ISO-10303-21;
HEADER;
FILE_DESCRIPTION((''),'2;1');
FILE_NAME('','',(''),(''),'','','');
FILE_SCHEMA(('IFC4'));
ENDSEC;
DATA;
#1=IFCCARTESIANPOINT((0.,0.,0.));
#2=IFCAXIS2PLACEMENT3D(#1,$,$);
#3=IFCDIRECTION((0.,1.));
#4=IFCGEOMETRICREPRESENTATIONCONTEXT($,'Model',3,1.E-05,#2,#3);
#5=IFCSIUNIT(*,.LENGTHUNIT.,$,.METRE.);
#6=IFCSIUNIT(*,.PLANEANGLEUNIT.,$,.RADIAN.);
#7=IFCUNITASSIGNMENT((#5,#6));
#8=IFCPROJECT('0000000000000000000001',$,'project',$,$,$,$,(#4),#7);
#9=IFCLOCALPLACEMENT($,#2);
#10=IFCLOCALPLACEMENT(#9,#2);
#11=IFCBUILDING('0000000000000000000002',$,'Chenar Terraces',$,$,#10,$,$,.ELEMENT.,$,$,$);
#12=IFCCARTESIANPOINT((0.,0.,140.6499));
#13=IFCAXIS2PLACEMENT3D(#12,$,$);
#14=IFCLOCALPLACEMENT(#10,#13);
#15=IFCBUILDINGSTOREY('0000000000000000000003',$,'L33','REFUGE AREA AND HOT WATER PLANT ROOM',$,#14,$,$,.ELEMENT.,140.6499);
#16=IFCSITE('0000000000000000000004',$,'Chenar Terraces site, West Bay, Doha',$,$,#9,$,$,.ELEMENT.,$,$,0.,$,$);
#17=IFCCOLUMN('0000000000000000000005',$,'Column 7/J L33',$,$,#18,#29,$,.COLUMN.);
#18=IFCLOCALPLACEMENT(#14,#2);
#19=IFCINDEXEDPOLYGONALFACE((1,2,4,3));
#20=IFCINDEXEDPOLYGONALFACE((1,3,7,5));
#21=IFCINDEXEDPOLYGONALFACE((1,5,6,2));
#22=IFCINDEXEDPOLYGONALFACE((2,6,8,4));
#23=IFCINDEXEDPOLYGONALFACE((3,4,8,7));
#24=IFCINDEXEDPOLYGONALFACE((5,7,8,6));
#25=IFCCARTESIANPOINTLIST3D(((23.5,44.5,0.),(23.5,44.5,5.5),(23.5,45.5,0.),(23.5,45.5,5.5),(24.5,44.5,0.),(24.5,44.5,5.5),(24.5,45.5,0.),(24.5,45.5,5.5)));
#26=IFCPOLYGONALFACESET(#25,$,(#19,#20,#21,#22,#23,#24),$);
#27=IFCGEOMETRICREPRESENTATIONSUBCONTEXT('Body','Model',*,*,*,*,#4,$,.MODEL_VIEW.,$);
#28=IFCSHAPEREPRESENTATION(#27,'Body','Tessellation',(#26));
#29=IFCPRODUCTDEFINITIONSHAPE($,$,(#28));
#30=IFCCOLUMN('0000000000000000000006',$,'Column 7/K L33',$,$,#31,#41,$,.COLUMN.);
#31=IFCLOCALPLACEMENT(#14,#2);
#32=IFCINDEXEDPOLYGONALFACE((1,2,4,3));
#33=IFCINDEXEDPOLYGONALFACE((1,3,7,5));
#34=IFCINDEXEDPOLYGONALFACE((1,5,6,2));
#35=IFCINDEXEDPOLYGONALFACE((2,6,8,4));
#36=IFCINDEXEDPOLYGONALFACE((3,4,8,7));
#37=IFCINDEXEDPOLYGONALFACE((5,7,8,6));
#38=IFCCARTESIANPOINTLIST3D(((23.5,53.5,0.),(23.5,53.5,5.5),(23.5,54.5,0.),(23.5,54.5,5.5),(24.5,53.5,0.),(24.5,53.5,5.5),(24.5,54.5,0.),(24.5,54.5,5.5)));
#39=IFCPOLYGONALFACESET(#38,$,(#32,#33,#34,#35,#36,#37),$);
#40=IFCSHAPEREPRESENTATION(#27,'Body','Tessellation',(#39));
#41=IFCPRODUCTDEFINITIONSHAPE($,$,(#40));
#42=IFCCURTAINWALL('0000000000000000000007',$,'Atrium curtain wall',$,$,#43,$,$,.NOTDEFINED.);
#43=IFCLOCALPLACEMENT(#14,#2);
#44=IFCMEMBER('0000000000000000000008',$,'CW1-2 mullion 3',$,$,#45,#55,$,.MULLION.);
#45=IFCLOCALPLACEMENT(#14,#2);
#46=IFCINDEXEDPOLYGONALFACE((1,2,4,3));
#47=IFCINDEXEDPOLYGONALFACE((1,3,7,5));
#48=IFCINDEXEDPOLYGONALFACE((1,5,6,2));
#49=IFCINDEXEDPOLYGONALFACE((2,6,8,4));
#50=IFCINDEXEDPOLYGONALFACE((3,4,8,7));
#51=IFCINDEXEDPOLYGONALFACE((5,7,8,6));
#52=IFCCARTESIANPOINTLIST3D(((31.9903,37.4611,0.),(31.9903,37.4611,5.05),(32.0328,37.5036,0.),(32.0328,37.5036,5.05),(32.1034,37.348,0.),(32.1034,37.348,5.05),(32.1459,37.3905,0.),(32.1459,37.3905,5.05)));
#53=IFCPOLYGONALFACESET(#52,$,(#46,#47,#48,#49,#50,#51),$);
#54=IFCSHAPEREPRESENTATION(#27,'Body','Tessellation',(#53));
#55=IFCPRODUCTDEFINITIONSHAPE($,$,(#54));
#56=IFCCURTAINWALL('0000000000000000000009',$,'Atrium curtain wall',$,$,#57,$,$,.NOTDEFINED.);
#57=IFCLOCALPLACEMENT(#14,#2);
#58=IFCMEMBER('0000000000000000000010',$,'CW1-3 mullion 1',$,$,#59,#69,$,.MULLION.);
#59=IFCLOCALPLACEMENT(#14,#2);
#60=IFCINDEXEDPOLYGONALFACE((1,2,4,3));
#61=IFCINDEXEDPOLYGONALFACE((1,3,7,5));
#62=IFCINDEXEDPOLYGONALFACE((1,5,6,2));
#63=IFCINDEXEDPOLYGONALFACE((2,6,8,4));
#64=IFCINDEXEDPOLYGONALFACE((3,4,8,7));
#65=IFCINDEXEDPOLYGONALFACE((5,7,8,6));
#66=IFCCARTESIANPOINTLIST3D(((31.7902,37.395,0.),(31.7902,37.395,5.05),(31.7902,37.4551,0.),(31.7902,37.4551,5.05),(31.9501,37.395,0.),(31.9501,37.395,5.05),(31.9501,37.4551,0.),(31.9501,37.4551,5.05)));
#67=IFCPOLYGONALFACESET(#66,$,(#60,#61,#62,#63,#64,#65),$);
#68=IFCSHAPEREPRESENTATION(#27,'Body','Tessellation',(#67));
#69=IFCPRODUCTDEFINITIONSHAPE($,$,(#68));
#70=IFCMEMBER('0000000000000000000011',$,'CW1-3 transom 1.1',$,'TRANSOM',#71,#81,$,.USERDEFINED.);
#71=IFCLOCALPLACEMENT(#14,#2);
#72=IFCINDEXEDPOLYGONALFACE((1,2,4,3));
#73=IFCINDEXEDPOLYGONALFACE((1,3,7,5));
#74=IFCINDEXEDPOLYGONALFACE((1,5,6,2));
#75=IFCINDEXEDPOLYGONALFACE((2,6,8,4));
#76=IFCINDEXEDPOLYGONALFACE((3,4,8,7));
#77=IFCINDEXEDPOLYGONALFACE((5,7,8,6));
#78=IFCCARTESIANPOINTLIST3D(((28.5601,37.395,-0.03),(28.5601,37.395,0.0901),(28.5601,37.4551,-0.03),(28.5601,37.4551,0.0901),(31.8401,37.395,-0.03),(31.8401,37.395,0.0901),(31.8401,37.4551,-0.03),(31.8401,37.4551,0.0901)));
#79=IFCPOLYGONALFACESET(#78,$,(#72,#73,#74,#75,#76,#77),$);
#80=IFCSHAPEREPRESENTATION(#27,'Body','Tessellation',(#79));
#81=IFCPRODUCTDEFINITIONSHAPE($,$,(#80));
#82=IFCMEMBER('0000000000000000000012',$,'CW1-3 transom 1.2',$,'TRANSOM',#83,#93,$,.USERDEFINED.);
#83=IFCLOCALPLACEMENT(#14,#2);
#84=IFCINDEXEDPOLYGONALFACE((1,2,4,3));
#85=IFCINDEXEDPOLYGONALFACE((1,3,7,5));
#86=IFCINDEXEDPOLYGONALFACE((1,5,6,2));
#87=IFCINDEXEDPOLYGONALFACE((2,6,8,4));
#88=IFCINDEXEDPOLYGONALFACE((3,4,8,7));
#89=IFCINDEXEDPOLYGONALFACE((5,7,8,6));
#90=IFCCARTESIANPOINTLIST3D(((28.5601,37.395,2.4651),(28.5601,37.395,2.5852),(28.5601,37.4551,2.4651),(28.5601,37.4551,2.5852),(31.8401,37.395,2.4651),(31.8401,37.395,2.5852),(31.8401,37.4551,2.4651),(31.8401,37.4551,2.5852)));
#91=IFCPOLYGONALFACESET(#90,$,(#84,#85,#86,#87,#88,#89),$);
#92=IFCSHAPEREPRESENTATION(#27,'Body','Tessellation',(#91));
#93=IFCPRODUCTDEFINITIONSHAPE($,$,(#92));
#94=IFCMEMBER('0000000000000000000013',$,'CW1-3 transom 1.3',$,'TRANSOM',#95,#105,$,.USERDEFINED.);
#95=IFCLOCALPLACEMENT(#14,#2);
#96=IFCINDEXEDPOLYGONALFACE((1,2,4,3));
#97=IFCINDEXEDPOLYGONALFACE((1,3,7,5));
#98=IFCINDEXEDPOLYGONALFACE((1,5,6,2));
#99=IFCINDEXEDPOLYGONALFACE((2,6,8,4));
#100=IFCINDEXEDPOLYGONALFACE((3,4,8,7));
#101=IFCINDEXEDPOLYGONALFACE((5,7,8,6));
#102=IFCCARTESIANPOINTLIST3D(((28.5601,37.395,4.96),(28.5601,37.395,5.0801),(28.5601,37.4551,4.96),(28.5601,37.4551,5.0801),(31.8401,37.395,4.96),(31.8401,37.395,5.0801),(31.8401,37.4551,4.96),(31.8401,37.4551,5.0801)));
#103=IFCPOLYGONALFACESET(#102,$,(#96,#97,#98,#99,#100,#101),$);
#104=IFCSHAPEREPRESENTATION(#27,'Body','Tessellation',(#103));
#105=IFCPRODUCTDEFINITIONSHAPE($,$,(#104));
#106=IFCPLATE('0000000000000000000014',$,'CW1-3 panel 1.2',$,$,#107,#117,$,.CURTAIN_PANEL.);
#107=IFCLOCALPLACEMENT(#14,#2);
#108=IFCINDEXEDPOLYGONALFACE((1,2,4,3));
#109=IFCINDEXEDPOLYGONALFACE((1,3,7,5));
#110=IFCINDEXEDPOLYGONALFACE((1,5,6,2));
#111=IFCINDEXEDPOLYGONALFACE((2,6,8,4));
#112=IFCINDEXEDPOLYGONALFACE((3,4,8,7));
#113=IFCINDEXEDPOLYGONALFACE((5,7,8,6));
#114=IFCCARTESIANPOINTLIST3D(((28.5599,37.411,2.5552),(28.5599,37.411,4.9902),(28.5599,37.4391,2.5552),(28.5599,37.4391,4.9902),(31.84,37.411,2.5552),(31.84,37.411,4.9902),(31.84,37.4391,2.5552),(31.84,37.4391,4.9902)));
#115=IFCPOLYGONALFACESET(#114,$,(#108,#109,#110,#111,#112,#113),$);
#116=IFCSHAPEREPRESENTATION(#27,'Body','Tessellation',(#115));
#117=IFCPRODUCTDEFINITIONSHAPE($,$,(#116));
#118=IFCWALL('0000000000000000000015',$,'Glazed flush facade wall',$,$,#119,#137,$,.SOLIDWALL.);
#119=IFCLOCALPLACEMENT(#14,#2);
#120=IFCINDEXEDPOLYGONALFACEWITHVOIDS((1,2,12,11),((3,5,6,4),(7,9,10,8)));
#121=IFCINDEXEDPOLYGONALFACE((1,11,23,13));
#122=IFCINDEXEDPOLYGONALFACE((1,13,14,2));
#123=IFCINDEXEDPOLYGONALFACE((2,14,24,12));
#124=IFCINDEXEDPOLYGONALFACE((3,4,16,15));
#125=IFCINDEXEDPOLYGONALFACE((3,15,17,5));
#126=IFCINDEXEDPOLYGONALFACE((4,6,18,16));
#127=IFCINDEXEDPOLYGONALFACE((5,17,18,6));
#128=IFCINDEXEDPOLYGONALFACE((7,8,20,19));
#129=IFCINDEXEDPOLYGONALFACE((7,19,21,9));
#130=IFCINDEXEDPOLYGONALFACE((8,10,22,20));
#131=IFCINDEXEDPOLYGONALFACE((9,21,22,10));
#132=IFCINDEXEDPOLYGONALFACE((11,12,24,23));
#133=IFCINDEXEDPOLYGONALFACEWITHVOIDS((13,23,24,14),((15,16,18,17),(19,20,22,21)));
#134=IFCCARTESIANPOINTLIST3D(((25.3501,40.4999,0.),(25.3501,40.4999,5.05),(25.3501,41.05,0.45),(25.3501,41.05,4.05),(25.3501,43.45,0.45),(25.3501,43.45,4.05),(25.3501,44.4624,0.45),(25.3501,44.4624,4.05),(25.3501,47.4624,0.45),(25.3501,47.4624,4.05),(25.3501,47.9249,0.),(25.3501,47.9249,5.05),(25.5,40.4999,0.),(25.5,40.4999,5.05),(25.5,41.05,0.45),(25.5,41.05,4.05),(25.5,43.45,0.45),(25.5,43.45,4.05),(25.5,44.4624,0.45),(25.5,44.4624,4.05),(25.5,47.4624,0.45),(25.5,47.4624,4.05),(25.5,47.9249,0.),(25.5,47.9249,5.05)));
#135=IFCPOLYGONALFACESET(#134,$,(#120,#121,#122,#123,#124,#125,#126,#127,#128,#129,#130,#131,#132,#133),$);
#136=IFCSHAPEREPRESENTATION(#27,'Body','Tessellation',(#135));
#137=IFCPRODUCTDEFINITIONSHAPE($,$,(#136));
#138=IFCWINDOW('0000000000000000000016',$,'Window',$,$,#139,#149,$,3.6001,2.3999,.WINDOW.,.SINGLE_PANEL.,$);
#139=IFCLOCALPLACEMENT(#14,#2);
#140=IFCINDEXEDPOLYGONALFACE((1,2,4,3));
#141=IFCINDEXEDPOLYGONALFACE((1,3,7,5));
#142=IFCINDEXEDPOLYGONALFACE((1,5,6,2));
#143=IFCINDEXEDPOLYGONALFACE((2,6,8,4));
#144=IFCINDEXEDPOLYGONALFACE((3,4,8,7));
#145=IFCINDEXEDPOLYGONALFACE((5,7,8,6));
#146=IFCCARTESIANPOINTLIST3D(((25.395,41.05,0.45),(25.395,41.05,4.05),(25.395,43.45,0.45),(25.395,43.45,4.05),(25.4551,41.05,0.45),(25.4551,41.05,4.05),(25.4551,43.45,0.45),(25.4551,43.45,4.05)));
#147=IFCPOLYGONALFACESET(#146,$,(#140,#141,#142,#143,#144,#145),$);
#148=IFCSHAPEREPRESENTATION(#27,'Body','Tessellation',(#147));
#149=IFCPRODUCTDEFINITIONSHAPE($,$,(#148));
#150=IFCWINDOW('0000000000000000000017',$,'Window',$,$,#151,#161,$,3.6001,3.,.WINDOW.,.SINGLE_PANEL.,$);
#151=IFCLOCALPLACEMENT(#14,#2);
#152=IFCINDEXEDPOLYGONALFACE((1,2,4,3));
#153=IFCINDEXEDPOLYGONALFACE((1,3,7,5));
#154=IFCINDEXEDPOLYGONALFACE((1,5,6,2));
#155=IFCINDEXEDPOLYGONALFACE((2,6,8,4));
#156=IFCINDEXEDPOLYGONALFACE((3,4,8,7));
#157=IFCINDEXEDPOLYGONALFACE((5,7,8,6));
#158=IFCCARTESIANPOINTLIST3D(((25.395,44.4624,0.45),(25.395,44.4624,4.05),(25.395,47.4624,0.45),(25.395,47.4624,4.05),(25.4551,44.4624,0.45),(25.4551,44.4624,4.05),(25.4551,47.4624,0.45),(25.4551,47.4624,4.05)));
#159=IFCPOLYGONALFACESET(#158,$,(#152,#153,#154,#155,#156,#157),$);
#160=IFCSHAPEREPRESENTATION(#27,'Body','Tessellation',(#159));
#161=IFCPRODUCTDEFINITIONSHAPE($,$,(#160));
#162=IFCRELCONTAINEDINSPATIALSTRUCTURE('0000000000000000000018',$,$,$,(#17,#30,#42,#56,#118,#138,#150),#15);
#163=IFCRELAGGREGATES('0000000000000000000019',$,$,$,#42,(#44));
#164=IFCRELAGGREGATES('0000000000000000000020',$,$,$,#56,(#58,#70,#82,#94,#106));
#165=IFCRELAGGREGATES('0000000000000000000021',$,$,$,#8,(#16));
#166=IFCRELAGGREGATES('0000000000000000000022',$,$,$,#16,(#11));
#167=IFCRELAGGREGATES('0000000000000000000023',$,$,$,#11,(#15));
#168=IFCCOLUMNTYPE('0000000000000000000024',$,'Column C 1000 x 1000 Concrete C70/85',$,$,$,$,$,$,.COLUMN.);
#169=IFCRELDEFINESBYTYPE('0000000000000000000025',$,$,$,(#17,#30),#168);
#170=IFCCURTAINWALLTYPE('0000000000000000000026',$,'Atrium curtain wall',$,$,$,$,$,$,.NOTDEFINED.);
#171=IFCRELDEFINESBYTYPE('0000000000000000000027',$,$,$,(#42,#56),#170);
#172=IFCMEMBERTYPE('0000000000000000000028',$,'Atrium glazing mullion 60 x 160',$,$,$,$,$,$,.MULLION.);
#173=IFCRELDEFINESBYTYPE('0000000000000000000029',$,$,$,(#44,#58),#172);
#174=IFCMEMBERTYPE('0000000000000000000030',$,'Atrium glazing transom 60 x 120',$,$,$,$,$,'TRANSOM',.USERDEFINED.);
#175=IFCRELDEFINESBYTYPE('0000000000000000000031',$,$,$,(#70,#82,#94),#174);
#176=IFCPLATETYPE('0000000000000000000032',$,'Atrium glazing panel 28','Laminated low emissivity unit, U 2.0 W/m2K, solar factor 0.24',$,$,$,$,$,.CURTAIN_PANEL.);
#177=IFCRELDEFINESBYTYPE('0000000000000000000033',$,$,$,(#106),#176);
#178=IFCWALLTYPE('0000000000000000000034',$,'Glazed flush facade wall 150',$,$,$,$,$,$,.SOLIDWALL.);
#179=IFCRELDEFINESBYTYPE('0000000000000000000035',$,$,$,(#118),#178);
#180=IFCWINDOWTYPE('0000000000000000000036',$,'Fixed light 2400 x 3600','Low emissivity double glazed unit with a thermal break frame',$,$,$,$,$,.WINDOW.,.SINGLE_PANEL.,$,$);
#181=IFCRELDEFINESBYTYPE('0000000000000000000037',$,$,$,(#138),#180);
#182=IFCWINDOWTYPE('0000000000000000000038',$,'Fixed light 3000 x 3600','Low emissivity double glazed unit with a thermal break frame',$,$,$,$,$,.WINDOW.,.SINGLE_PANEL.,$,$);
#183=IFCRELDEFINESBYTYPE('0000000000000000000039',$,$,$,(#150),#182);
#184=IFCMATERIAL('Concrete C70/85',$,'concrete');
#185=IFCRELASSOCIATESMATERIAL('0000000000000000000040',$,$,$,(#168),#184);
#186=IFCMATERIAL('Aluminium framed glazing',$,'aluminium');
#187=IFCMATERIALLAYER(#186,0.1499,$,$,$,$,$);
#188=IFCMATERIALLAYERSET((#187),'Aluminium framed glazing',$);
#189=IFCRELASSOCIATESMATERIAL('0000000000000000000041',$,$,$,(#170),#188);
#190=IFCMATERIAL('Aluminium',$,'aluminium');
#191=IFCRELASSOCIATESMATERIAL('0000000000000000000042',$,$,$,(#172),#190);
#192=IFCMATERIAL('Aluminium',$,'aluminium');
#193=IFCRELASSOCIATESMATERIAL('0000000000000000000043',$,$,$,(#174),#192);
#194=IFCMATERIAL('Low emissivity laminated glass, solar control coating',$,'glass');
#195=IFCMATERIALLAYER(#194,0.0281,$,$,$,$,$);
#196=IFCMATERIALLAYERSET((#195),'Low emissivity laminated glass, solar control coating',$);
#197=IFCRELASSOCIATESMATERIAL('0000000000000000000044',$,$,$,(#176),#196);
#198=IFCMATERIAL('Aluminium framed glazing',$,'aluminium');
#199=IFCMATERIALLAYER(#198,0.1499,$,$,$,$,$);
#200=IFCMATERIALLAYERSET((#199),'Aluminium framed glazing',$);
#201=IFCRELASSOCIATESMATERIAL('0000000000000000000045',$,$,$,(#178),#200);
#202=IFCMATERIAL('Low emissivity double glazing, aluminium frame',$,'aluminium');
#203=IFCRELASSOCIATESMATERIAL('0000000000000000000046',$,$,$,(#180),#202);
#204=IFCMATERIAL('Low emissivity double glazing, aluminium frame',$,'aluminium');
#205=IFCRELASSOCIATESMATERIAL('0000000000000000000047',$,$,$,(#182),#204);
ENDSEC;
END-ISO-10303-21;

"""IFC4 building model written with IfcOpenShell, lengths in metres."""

from ifc_helpers import new_model, si_unit, direction, frame, frame_2d, origin, origin_2d, place, context, subcontext, project, spatial, rectangle, extrude, material, layer, layer_set, material_profile, profile_set, type_object, element, fill, aggregate, save


model = new_model("IFC4")

# Units and contexts
model_context = context("Model", 3, precision=1e-05, world=origin(), true_north=direction((0.0, 1.0)))
body_context = subcontext(model_context, "Body", "Model", "MODEL_VIEW")
ifc_project = project(units=[si_unit("LENGTHUNIT", "METRE"), si_unit("PLANEANGLEUNIT", "RADIAN")], contexts=[model_context])

# Site, building, storey
site_placement = place(None, origin())
site = spatial("IfcSite", under=ifc_project, at=site_placement, Name="Chenar Terraces site, West Bay, Doha", CompositionType="ELEMENT", RefElevation=0.0)
building_placement = place(site_placement, origin())
building = spatial("IfcBuilding", under=site, at=building_placement, Name="Chenar Terraces", CompositionType="ELEMENT")
storey_placement = place(building_placement, frame((0.0, 0.0, 140.6499)))
storey = spatial("IfcBuildingStorey", under=building, at=storey_placement, Name="L33", Description="REFUGE AREA AND HOT WATER PLANT ROOM", CompositionType="ELEMENT", Elevation=140.6499)

# Columns
ifc_material_1 = material(Name="Concrete C70/85", Category="concrete")
ifc_material_profile_1 = material_profile(ifc_material_1, rectangle(XDim=1.0, YDim=1.0, at=origin_2d()), Name="C 1000 x 1000")
ifc_profile_set_1 = profile_set([ifc_material_profile_1], Name="Concrete C70/85")
column_type = type_object("IfcColumnType", Name="Column C 1000 x 1000 Concrete C70/85", PredefinedType="COLUMN", material=ifc_profile_set_1)
for number, where, z_axis, x_axis, name in (
    (1, (24.0, 45.0, 0.0), (0.0, 0.0, 1.0), (1.0, 0.0, 0.0), "Column 7/J L33"),
    (2, (24.0, 54.0, 0.0), (0.0, 0.0, 1.0), (1.0, 0.0, 0.0), "Column 7/K L33"),
):
    element("IfcColumn", number, at=place(storey_placement, frame(where, z_axis=z_axis, x_axis=x_axis)), inside=storey, type_object=column_type, Name=name, PredefinedType="COLUMN", context=body_context, shape_type="SweptSolid", body=[
        extrude(rectangle(XDim=1.0, YDim=1.0, at=origin_2d()), origin(), (0.0, 0.0, 1.0), 5.5),
    ])

# Curtain wall, member
ifc_material_2 = material(Name="Aluminium framed glazing", Category="aluminium")
ifc_layer_1 = layer(ifc_material_2, 0.1499)
ifc_layer_set_1 = layer_set([ifc_layer_1], Name="Aluminium framed glazing")
curtain_wall_type = type_object("IfcCurtainWallType", Name="Atrium curtain wall", PredefinedType="NOTDEFINED", material=ifc_layer_set_1)
placement = place(storey_placement, origin())
curtain_wall_1 = element("IfcCurtainWall", 3, at=placement, inside=storey, type_object=curtain_wall_type, Name="Atrium curtain wall", PredefinedType="NOTDEFINED")
ifc_material_3 = material(Name="Aluminium", Category="aluminium")
ifc_material_profile_2 = material_profile(ifc_material_3, rectangle(XDim=0.0601, YDim=0.1599, at=origin_2d()), Name="Atrium glazing mullion 60 x 160")
ifc_profile_set_2 = profile_set([ifc_material_profile_2], Name="Aluminium")
member_type_1 = type_object("IfcMemberType", Name="Atrium glazing mullion 60 x 160", PredefinedType="MULLION", material=ifc_profile_set_2)
member_1_placement = place(storey_placement, frame((32.0681, 37.4258, 0.0), z_axis=(0.0, 0.0, 1.0), x_axis=(-0.707107, -0.707107, 0.0)))
member_1 = element("IfcMember", 4, at=member_1_placement, type_object=member_type_1, Name="CW1-2 mullion 3", PredefinedType="MULLION", context=body_context, shape_type="SweptSolid", body=[
    extrude(rectangle(XDim=0.0601, YDim=0.1599, at=origin_2d()), origin(), (0.0, 0.0, 1.0), 5.05),
])
aggregate(curtain_wall_1, [member_1])

# Curtain wall, members, plate
curtain_wall_2 = element("IfcCurtainWall", 5, at=placement, inside=storey, type_object=curtain_wall_type, Name="Atrium curtain wall", PredefinedType="NOTDEFINED")
member_2_placement = place(storey_placement, frame((31.8701, 37.425, 0.0), z_axis=(0.0, 0.0, 1.0), x_axis=(0.0, -1.0, 0.0)))
member_2 = element("IfcMember", 6, at=member_2_placement, type_object=member_type_1, Name="CW1-3 mullion 1", PredefinedType="MULLION", context=body_context, shape_type="SweptSolid", body=[
    extrude(rectangle(XDim=0.0601, YDim=0.1599, at=origin_2d()), origin(), (0.0, 0.0, 1.0), 5.05),
])
ifc_material_4 = material(Name="Aluminium", Category="aluminium")
ifc_material_profile_3 = material_profile(ifc_material_4, rectangle(XDim=0.0601, YDim=0.1201, at=origin_2d()), Name="Atrium glazing transom 60 x 120")
ifc_profile_set_3 = profile_set([ifc_material_profile_3], Name="Aluminium")
member_type_2 = type_object("IfcMemberType", Name="Atrium glazing transom 60 x 120", ElementType="TRANSOM", PredefinedType="USERDEFINED", material=ifc_profile_set_3)
member_3_placement = place(storey_placement, frame((31.8401, 37.425, 0.03), z_axis=(-1.0, 0.0, 0.0), x_axis=(0.0, -1.0, 0.0)))
member_3 = element("IfcMember", 7, at=member_3_placement, type_object=member_type_2, Name="CW1-3 transom 1.1", ObjectType="TRANSOM", PredefinedType="USERDEFINED", context=body_context, shape_type="SweptSolid", body=[
    extrude(rectangle(XDim=0.0601, YDim=0.1201, at=origin_2d()), origin(), (0.0, 0.0, 1.0), 3.28),
])
member_4_placement = place(storey_placement, frame((31.8401, 37.425, 2.5251), z_axis=(-1.0, 0.0, 0.0), x_axis=(0.0, -1.0, 0.0)))
member_4 = element("IfcMember", 8, at=member_4_placement, type_object=member_type_2, Name="CW1-3 transom 1.2", ObjectType="TRANSOM", PredefinedType="USERDEFINED", context=body_context, shape_type="SweptSolid", body=[
    extrude(rectangle(XDim=0.0601, YDim=0.1201, at=origin_2d()), origin(), (0.0, 0.0, 1.0), 3.28),
])
member_5_placement = place(storey_placement, frame((31.8401, 37.425, 5.02), z_axis=(-1.0, 0.0, 0.0), x_axis=(0.0, -1.0, 0.0)))
member_5 = element("IfcMember", 9, at=member_5_placement, type_object=member_type_2, Name="CW1-3 transom 1.3", ObjectType="TRANSOM", PredefinedType="USERDEFINED", context=body_context, shape_type="SweptSolid", body=[
    extrude(rectangle(XDim=0.0601, YDim=0.1201, at=origin_2d()), origin(), (0.0, 0.0, 1.0), 3.28),
])
ifc_material_5 = material(Name="Low emissivity laminated glass, solar control coating", Category="glass")
ifc_layer_2 = layer(ifc_material_5, 0.0281)
ifc_layer_set_2 = layer_set([ifc_layer_2], Name="Low emissivity laminated glass, solar control coating")
plate_type = type_object("IfcPlateType", Name="Atrium glazing panel 28", Description="Laminated low emissivity unit, U 2.0 W/m2K, solar factor 0.24", PredefinedType="CURTAIN_PANEL", material=ifc_layer_set_2)
plate_placement = place(storey_placement, frame((30.2, 37.425, 2.5552), z_axis=(0.0, 0.0, 1.0), x_axis=(-1.0, 0.0, 0.0)))
plate = element("IfcPlate", 10, at=plate_placement, type_object=plate_type, Name="CW1-3 panel 1.2", PredefinedType="CURTAIN_PANEL", context=body_context, shape_type="SweptSolid", body=[
    extrude(rectangle(XDim=3.28, YDim=0.0281, at=origin_2d()), origin(), (0.0, 0.0, 1.0), 2.4351),
])
aggregate(curtain_wall_2, [member_2, member_3, member_4, member_5, plate])

# Wall, openings, windows
ifc_material_6 = material(Name="Aluminium framed glazing", Category="aluminium")
ifc_layer_3 = layer(ifc_material_6, 0.1499)
ifc_layer_set_3 = layer_set([ifc_layer_3], Name="Aluminium framed glazing")
wall_type_1 = type_object("IfcWallType", Name="Glazed flush facade wall 150", PredefinedType="SOLIDWALL", material=ifc_layer_set_3)
wall_1_placement = place(storey_placement, frame((25.425, 40.5, 0.0), z_axis=(0.0, 0.0, 1.0), x_axis=(0.0, 1.0, 0.0)))
wall_1 = element("IfcWall", 11, at=wall_1_placement, inside=storey, type_object=wall_type_1, Name="Glazed flush facade wall", PredefinedType="SOLIDWALL", context=body_context, shape_type="SweptSolid", body=[
    extrude(rectangle(XDim=7.425, YDim=0.1499, at=frame_2d((3.7124, 0.0))), origin(), (0.0, 0.0, 1.0), 5.05),
])
opening_1_placement = place(wall_1_placement, frame((0.55, 0.0, 0.45)))
opening_1 = element("IfcOpeningElement", 12, at=opening_1_placement, cuts=wall_1, PredefinedType="OPENING", context=body_context, shape_type="SweptSolid", body=[
    extrude(rectangle(XDim=2.3999, YDim=3.6001, at=frame_2d((1.2, 1.8))), frame((0.0, 0.085, 0.0), z_axis=(0.0, -1.0, 0.0), x_axis=(1.0, 0.0, 0.0)), (0.0, 0.0, 1.0), 0.1699),
])
opening_2_placement = place(wall_1_placement, frame((3.9624, 0.0, 0.45)))
opening_2 = element("IfcOpeningElement", 13, at=opening_2_placement, cuts=wall_1, PredefinedType="OPENING", context=body_context, shape_type="SweptSolid", body=[
    extrude(rectangle(XDim=3.0, YDim=3.6001, at=frame_2d((1.5, 1.8))), frame((0.0, 0.085, 0.0), z_axis=(0.0, -1.0, 0.0), x_axis=(1.0, 0.0, 0.0)), (0.0, 0.0, 1.0), 0.1699),
])
ifc_material_7 = material(Name="Low emissivity double glazing, aluminium frame", Category="aluminium")
window_type_1 = type_object("IfcWindowType", Name="Fixed light 2400 x 3600", Description="Low emissivity double glazed unit with a thermal break frame", PartitioningType="SINGLE_PANEL", PredefinedType="WINDOW", material=ifc_material_7)
window_1_placement = place(opening_1_placement, origin())
window_1 = element("IfcWindow", 14, at=window_1_placement, inside=storey, type_object=window_type_1, Name="Window", OverallHeight=3.6001, OverallWidth=2.3999, PartitioningType="SINGLE_PANEL", PredefinedType="WINDOW", context=body_context, shape_type="SweptSolid", body=[
    extrude(rectangle(XDim=2.3999, YDim=3.6001, at=frame_2d((1.2, 1.8))), frame((0.0, 0.03, 0.0), z_axis=(0.0, -1.0, 0.0), x_axis=(1.0, 0.0, 0.0)), (0.0, 0.0, 1.0), 0.0601),
])
fill(opening_1, window_1)
ifc_material_8 = material(Name="Low emissivity double glazing, aluminium frame", Category="aluminium")
window_type_2 = type_object("IfcWindowType", Name="Fixed light 3000 x 3600", Description="Low emissivity double glazed unit with a thermal break frame", PartitioningType="SINGLE_PANEL", PredefinedType="WINDOW", material=ifc_material_8)
window_2_placement = place(opening_2_placement, origin())
window_2 = element("IfcWindow", 15, at=window_2_placement, inside=storey, type_object=window_type_2, Name="Window", OverallHeight=3.6001, OverallWidth=3.0, PartitioningType="SINGLE_PANEL", PredefinedType="WINDOW", context=body_context, shape_type="SweptSolid", body=[
    extrude(rectangle(XDim=3.0, YDim=3.6001, at=frame_2d((1.5, 1.8))), frame((0.0, 0.03, 0.0), z_axis=(0.0, -1.0, 0.0), x_axis=(1.0, 0.0, 0.0)), (0.0, 0.0, 1.0), 0.0601),
])
fill(opening_2, window_2)

save(model, "model.ifc")
